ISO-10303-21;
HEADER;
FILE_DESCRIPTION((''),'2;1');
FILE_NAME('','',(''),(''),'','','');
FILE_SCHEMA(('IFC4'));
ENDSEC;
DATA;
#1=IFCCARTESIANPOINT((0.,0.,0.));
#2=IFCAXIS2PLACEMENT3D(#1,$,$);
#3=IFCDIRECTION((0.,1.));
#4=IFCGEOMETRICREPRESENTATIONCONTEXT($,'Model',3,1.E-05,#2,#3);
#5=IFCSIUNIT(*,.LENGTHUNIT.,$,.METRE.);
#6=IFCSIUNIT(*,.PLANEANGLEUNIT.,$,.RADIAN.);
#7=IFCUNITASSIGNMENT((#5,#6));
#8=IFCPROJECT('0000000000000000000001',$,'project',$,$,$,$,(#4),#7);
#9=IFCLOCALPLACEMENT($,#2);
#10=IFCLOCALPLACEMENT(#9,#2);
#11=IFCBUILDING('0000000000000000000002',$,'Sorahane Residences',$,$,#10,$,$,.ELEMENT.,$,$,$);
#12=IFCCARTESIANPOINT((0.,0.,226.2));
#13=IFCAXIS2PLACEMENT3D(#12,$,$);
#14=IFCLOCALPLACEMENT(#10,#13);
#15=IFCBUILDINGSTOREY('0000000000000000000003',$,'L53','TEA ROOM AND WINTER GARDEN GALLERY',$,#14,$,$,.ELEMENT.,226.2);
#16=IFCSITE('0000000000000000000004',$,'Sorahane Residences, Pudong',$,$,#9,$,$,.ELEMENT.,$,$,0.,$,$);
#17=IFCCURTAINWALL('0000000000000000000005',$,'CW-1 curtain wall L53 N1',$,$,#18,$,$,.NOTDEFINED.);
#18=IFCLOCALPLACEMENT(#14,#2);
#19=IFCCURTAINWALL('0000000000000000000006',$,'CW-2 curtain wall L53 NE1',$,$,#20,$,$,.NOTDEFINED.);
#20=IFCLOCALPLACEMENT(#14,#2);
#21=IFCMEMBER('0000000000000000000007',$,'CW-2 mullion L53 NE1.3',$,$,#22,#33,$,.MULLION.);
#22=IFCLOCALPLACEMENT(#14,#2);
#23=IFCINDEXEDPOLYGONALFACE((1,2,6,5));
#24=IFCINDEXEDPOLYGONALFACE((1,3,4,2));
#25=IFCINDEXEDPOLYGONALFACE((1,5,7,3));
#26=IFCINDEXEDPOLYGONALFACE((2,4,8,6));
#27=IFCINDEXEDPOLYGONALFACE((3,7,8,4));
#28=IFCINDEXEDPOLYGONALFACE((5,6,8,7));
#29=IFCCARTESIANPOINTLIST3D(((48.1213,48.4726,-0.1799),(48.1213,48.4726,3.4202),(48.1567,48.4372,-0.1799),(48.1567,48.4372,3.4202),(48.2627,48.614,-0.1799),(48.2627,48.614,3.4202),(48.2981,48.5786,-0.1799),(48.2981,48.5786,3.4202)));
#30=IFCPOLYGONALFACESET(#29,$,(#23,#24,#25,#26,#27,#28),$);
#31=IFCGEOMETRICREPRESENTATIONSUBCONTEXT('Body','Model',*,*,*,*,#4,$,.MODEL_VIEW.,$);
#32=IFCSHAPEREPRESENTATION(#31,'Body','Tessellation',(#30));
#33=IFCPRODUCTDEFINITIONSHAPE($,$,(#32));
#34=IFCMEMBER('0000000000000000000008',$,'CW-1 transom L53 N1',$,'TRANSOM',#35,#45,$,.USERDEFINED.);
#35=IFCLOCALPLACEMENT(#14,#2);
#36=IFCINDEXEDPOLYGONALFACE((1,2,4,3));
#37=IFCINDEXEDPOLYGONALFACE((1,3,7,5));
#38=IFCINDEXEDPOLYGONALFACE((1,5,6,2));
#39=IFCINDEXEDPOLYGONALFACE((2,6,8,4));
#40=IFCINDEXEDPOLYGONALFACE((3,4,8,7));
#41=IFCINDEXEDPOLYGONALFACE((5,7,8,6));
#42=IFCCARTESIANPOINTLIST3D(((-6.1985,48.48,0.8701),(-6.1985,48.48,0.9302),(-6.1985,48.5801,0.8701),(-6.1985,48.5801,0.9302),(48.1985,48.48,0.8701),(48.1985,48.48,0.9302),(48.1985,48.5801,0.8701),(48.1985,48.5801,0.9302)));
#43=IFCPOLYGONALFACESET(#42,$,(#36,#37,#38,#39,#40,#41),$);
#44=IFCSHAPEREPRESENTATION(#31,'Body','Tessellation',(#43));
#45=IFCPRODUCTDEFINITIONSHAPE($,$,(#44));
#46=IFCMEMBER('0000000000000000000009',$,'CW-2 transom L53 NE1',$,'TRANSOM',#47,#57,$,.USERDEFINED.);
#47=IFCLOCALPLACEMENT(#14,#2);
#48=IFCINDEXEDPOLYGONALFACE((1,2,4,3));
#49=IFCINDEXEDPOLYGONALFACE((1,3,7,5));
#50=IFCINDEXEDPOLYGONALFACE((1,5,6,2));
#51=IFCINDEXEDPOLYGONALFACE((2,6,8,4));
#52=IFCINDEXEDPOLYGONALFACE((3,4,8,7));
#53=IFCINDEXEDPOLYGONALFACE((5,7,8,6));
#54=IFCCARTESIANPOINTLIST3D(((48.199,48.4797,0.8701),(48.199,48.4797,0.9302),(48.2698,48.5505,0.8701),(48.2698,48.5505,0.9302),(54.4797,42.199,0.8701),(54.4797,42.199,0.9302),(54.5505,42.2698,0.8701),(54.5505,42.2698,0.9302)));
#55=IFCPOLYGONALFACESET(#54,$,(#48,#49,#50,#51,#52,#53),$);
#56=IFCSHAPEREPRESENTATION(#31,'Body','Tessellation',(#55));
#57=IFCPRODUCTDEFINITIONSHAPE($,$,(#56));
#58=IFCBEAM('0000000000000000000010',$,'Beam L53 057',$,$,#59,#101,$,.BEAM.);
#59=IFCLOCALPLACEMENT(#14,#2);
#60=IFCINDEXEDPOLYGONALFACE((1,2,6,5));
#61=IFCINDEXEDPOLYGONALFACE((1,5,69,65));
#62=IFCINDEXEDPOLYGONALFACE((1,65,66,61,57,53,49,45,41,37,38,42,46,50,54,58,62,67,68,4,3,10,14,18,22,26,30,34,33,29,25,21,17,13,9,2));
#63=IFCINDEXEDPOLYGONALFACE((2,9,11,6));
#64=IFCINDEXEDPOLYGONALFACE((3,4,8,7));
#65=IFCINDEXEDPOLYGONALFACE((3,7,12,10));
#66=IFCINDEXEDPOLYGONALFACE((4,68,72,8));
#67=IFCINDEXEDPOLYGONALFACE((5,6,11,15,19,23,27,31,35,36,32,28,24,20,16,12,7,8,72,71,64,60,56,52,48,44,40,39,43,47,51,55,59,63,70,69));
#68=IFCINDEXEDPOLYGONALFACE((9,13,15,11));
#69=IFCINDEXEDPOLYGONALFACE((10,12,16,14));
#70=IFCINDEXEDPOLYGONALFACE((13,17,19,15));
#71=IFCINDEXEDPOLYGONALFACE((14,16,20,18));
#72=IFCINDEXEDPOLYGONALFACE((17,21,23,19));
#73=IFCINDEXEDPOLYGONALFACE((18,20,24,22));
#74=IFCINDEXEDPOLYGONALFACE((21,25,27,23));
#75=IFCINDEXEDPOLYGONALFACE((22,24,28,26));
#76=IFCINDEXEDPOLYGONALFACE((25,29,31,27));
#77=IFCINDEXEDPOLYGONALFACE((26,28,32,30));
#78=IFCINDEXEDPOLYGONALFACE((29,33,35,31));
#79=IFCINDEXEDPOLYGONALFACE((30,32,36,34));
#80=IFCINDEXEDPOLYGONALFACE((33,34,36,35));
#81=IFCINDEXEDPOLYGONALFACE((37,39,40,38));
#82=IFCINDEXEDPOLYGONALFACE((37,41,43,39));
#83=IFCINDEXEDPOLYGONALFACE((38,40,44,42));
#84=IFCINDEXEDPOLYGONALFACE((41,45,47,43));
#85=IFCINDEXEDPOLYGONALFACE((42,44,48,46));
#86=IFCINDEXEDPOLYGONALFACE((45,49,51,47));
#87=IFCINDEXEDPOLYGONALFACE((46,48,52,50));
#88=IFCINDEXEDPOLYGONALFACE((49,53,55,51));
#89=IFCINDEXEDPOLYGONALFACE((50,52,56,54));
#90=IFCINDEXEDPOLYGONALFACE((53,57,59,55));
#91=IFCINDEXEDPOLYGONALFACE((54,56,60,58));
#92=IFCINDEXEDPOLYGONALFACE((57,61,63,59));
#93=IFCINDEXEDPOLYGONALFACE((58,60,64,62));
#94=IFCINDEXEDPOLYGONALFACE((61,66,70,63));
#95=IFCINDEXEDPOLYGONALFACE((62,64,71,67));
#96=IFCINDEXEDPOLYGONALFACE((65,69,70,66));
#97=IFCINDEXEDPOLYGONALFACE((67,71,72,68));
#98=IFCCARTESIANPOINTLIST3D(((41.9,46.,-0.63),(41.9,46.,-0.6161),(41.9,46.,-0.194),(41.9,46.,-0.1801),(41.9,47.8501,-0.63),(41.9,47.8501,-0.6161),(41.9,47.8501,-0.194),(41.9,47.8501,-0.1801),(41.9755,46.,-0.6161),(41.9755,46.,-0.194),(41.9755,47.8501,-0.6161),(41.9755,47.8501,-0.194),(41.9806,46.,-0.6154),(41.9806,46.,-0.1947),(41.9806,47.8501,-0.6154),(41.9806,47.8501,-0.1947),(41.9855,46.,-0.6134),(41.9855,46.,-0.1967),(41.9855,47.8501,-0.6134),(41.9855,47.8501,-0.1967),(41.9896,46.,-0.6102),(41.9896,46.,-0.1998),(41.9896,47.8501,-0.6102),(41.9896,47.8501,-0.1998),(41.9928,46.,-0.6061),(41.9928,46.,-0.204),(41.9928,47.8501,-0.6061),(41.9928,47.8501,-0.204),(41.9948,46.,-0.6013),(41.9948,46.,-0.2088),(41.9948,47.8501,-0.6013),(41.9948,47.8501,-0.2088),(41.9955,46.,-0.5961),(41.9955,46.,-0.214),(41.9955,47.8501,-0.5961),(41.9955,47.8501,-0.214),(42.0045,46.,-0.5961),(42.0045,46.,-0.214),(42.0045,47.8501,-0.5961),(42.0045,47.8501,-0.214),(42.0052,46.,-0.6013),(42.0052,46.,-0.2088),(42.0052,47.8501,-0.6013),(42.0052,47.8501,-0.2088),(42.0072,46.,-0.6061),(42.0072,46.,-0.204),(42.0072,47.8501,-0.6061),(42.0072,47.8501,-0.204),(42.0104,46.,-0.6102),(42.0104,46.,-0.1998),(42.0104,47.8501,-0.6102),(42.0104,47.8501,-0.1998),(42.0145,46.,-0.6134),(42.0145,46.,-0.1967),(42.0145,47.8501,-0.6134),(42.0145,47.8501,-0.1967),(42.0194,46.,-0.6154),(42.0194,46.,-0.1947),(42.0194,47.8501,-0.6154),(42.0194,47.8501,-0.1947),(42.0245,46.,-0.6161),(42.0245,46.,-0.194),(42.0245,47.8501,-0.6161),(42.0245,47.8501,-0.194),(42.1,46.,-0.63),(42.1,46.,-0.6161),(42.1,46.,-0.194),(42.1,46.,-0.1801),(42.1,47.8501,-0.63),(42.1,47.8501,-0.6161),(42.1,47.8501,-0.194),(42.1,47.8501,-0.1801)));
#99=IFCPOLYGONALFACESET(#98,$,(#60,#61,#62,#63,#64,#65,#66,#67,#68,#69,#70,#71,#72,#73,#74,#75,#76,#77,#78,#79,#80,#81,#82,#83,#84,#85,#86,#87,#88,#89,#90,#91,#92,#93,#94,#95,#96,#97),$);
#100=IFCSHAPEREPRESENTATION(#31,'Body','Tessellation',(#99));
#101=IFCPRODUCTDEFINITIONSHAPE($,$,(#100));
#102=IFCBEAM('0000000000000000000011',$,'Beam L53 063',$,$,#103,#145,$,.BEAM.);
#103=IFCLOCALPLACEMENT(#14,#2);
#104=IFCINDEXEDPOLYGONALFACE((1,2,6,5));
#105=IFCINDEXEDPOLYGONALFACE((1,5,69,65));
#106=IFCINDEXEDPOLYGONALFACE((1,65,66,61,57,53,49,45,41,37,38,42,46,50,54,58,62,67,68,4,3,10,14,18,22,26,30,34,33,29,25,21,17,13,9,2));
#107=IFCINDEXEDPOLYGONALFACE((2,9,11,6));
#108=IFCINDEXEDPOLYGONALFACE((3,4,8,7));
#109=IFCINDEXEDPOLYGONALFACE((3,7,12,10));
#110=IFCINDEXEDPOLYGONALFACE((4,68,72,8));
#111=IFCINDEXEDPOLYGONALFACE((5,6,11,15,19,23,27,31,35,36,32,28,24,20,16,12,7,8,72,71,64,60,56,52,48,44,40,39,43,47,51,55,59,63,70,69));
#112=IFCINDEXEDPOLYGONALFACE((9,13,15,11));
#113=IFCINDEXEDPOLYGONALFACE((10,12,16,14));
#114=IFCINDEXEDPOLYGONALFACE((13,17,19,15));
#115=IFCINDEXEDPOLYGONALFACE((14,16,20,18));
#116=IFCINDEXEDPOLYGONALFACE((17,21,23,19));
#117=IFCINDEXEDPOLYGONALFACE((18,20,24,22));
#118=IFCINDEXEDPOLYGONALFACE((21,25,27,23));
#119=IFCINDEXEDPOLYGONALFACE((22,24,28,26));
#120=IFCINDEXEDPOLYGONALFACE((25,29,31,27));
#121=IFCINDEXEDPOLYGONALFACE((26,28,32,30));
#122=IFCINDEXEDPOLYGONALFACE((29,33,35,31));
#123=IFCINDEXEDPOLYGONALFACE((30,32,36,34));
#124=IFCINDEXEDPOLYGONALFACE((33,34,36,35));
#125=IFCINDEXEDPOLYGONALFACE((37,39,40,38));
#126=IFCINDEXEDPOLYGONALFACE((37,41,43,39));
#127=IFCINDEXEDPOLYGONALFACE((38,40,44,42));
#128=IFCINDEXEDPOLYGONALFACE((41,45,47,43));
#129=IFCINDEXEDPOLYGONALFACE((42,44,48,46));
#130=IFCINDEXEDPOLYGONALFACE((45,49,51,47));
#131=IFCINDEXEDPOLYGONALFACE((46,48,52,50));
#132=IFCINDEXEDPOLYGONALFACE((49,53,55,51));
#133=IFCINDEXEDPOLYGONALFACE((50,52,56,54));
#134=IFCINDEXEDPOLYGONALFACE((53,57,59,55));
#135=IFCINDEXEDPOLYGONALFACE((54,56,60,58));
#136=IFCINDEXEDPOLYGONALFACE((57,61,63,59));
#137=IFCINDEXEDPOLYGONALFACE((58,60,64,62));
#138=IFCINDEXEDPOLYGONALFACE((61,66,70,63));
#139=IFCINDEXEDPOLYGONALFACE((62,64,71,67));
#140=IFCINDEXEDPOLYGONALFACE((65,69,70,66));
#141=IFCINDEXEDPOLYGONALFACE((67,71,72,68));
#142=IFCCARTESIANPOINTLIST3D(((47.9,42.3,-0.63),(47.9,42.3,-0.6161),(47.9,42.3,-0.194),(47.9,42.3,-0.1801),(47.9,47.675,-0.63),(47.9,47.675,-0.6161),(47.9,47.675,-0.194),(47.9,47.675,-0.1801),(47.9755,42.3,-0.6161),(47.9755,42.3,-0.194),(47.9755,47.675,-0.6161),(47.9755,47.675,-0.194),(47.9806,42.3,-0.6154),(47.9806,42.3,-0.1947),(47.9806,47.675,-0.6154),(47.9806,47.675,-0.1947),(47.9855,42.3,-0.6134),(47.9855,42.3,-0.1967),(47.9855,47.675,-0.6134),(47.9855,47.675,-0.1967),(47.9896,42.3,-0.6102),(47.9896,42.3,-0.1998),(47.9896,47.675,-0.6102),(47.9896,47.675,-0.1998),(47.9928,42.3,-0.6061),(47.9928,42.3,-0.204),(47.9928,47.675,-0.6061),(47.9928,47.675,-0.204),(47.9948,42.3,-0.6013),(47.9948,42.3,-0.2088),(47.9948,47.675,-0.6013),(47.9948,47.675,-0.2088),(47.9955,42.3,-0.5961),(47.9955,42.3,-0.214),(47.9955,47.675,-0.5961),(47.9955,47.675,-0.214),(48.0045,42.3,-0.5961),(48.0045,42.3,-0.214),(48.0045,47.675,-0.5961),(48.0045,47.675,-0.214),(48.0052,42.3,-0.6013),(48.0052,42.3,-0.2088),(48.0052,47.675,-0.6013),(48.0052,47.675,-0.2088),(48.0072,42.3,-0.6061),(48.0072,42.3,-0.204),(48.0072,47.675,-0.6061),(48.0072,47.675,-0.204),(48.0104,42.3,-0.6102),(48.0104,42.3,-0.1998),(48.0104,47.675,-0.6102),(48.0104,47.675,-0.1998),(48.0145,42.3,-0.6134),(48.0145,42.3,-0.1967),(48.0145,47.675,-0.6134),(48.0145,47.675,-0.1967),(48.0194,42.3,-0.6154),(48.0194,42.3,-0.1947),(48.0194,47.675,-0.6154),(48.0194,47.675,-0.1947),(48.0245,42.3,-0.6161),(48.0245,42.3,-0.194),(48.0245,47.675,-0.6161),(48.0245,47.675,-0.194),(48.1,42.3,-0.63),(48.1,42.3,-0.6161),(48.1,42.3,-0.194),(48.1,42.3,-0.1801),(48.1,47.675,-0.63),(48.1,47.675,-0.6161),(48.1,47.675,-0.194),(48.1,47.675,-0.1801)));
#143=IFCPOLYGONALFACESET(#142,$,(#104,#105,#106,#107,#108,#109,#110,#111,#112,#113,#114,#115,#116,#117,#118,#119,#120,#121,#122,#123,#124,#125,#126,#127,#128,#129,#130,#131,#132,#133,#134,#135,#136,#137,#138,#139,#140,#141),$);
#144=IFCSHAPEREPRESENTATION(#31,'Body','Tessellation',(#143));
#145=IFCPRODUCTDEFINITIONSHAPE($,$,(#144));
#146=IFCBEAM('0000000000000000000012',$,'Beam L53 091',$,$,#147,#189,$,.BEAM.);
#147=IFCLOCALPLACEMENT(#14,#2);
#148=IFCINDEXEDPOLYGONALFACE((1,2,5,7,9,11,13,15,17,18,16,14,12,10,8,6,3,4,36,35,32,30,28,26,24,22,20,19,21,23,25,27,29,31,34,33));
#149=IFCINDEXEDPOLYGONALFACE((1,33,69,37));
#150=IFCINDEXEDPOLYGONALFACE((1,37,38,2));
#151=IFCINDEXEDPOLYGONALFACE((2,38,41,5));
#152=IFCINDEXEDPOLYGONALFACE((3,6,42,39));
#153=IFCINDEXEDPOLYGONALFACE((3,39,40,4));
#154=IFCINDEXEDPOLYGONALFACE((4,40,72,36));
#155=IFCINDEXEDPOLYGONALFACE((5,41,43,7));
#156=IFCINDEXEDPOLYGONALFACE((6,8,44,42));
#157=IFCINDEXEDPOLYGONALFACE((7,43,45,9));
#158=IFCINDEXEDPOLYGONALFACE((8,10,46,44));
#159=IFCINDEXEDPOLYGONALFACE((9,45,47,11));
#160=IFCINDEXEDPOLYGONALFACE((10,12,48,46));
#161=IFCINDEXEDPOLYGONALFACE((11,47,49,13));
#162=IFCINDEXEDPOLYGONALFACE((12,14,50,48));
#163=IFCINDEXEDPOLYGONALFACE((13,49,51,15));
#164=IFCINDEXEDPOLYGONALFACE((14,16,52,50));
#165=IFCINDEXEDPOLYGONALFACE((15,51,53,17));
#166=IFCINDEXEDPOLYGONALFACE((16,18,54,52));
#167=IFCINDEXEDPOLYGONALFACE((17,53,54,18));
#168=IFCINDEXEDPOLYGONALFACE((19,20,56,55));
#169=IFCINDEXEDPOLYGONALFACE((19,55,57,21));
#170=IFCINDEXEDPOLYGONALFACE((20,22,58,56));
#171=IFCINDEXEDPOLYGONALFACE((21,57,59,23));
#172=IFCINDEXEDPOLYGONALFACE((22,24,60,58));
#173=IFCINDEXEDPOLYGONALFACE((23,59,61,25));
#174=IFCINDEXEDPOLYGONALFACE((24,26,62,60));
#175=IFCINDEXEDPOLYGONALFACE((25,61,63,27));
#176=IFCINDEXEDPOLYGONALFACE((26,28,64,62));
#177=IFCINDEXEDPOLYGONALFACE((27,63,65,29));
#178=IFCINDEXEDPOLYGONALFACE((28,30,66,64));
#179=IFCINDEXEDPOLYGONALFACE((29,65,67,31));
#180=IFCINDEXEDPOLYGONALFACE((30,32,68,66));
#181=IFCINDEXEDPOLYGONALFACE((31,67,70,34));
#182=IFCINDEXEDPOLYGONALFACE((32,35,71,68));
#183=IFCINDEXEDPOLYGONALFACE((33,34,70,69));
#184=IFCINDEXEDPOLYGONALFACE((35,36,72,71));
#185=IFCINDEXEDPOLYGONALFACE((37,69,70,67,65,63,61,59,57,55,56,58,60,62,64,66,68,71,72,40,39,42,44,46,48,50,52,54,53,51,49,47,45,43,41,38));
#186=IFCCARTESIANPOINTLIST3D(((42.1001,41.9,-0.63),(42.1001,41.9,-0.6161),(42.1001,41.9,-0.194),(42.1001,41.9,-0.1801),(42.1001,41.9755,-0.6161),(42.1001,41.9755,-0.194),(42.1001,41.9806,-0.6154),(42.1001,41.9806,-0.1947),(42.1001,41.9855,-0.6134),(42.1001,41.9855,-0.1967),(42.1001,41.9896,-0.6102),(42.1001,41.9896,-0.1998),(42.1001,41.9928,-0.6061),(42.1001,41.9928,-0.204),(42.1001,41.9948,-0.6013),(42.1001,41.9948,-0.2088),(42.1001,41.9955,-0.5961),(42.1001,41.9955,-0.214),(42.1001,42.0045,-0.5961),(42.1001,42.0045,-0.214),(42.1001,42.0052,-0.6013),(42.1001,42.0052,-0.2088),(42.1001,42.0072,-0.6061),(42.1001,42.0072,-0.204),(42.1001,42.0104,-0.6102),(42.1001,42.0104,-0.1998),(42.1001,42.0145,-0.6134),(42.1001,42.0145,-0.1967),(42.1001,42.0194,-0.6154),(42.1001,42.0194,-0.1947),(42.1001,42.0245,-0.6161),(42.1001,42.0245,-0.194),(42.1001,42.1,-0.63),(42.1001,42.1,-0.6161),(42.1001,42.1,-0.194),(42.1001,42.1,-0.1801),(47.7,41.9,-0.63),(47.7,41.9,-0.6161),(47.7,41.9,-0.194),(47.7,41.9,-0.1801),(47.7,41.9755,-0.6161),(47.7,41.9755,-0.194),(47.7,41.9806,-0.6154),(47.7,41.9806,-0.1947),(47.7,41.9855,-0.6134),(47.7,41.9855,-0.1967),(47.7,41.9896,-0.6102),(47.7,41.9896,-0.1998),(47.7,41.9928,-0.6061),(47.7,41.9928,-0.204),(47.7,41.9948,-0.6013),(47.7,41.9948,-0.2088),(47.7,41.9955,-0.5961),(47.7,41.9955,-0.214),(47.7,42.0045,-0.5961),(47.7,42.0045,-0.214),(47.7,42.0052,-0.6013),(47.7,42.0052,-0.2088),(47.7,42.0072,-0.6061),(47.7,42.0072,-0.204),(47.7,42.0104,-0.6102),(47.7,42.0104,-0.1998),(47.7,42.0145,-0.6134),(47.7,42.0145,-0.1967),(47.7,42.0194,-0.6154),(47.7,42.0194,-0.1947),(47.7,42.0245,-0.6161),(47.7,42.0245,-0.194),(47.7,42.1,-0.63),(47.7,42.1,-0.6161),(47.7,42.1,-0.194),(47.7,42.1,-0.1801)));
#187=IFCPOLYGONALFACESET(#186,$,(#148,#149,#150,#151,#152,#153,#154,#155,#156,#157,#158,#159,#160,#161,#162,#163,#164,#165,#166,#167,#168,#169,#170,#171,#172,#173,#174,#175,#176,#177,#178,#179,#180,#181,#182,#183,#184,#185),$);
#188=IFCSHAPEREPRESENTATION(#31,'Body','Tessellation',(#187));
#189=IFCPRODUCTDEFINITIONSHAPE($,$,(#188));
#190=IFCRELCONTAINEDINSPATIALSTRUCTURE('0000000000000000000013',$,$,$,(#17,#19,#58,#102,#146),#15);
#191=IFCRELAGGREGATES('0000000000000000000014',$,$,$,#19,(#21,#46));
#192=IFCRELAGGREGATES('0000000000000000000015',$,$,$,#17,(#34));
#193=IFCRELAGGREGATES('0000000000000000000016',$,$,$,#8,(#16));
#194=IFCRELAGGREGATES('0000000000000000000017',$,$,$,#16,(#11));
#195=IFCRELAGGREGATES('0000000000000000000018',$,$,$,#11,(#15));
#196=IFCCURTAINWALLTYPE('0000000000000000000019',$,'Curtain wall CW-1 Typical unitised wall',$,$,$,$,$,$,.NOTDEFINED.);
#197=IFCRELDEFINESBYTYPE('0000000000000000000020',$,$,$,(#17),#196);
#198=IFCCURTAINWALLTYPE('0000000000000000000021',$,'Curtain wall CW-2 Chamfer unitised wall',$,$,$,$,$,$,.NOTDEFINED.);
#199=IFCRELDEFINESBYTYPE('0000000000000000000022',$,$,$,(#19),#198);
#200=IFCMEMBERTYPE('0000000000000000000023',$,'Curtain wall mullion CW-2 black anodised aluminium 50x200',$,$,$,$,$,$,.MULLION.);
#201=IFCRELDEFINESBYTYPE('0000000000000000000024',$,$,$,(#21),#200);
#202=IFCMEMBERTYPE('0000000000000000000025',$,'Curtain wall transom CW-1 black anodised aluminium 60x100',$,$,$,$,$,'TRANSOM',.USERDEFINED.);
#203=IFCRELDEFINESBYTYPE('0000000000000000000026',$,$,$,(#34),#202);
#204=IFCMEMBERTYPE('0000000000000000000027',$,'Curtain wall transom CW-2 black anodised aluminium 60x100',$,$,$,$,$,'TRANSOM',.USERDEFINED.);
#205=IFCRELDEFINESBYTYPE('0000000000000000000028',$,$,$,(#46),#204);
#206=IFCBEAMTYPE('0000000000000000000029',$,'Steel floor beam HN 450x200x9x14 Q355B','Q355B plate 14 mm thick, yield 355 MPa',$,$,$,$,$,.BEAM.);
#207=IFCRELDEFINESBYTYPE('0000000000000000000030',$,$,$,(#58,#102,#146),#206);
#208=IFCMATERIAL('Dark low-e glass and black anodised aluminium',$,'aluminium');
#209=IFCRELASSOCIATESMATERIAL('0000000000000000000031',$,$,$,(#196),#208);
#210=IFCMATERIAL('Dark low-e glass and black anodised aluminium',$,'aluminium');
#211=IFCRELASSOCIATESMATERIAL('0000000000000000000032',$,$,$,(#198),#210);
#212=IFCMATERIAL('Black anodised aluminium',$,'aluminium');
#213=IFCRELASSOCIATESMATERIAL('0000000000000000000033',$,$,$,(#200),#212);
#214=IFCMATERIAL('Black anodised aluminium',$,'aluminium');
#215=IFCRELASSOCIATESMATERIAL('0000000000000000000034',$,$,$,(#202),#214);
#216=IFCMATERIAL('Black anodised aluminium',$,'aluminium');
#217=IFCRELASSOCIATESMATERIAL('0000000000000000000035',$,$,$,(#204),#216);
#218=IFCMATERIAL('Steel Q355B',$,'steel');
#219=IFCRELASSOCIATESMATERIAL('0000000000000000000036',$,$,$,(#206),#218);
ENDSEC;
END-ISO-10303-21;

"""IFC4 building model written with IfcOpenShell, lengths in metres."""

from ifc_helpers import new_model, si_unit, direction, frame, origin, origin_2d, place, context, subcontext, project, spatial, rectangle, i_section, extrude, material, material_profile, profile_set, type_object, element, aggregate, save


model = new_model("IFC4")

# Units and contexts
model_context = context("Model", 3, precision=1e-05, world=origin(), true_north=direction((0.0, 1.0)))
body_context = subcontext(model_context, "Body", "Model", "MODEL_VIEW")
ifc_project = project(units=[si_unit("LENGTHUNIT", "METRE"), si_unit("PLANEANGLEUNIT", "RADIAN")], contexts=[model_context])

# Site, building, storey
site_placement = place(None, origin())
site = spatial("IfcSite", under=ifc_project, at=site_placement, Name="Sorahane Residences, Pudong", CompositionType="ELEMENT", RefElevation=0.0)
building_placement = place(site_placement, origin())
building = spatial("IfcBuilding", under=site, at=building_placement, Name="Sorahane Residences", CompositionType="ELEMENT")
storey_placement = place(building_placement, frame((0.0, 0.0, 226.2)))
storey = spatial("IfcBuildingStorey", under=building, at=storey_placement, Name="L53", Description="TEA ROOM AND WINTER GARDEN GALLERY", CompositionType="ELEMENT", Elevation=226.2)

# Curtain wall
ifc_material_1 = material(Name="Dark low-e glass and black anodised aluminium", Category="aluminium")
curtain_wall_type_1 = type_object("IfcCurtainWallType", Name="Curtain wall CW-1 Typical unitised wall", PredefinedType="NOTDEFINED", material=ifc_material_1)
curtain_wall_1_placement = place(storey_placement, origin())
curtain_wall_1 = element("IfcCurtainWall", 1, at=curtain_wall_1_placement, inside=storey, type_object=curtain_wall_type_1, Name="CW-1 curtain wall L53 N1", PredefinedType="NOTDEFINED")

# Curtain wall, member
ifc_material_2 = material(Name="Dark low-e glass and black anodised aluminium", Category="aluminium")
curtain_wall_type_2 = type_object("IfcCurtainWallType", Name="Curtain wall CW-2 Chamfer unitised wall", PredefinedType="NOTDEFINED", material=ifc_material_2)
curtain_wall_2_placement = place(storey_placement, origin())
curtain_wall_2 = element("IfcCurtainWall", 2, at=curtain_wall_2_placement, inside=storey, type_object=curtain_wall_type_2, Name="CW-2 curtain wall L53 NE1", PredefinedType="NOTDEFINED")
ifc_material_3 = material(Name="Black anodised aluminium", Category="aluminium")
ifc_material_profile_1 = material_profile(ifc_material_3, rectangle(XDim=0.2, YDim=0.05, at=origin_2d()), Name="Curtain wall mullion CW-2 black anodised aluminium 50x200")
ifc_profile_set_1 = profile_set([ifc_material_profile_1], Name="Black anodised aluminium")
member_type_1 = type_object("IfcMemberType", Name="Curtain wall mullion CW-2 black anodised aluminium 50x200", PredefinedType="MULLION", material=ifc_profile_set_1)
member_1_placement = place(storey_placement, frame((48.2097, 48.5256, -0.1799), z_axis=(0.0, 0.0, 1.0), x_axis=(0.707107, 0.707107, 0.0)))
member_1 = element("IfcMember", 3, at=member_1_placement, type_object=member_type_1, Name="CW-2 mullion L53 NE1.3", PredefinedType="MULLION", context=body_context, shape_type="SweptSolid", body=[
    extrude(rectangle(XDim=0.2, YDim=0.05, at=origin_2d()), origin(), (0.0, 0.0, 1.0), 3.6001),
])

# Members
ifc_material_4 = material(Name="Black anodised aluminium", Category="aluminium")
ifc_material_profile_2 = material_profile(ifc_material_4, rectangle(XDim=0.1001, YDim=0.0601, at=origin_2d()), Name="Curtain wall transom CW-1 black anodised aluminium 60x100")
ifc_profile_set_2 = profile_set([ifc_material_profile_2], Name="Black anodised aluminium")
member_type_2 = type_object("IfcMemberType", Name="Curtain wall transom CW-1 black anodised aluminium 60x100", ElementType="TRANSOM", PredefinedType="USERDEFINED", material=ifc_profile_set_2)
member_2_placement = place(storey_placement, frame((48.1985, 48.53, 0.9001), z_axis=(-1.0, 0.0, 0.0), x_axis=(0.0, -1.0, 0.0)))
member_2 = element("IfcMember", 4, at=member_2_placement, type_object=member_type_2, Name="CW-1 transom L53 N1", ObjectType="TRANSOM", PredefinedType="USERDEFINED", context=body_context, shape_type="SweptSolid", body=[
    extrude(rectangle(XDim=0.1001, YDim=0.0601, at=origin_2d()), origin(), (0.0, 0.0, 1.0), 54.397),
])
ifc_material_5 = material(Name="Black anodised aluminium", Category="aluminium")
ifc_material_profile_3 = material_profile(ifc_material_5, rectangle(XDim=0.1001, YDim=0.0601, at=origin_2d()), Name="Curtain wall transom CW-2 black anodised aluminium 60x100")
ifc_profile_set_3 = profile_set([ifc_material_profile_3], Name="Black anodised aluminium")
member_type_3 = type_object("IfcMemberType", Name="Curtain wall transom CW-2 black anodised aluminium 60x100", ElementType="TRANSOM", PredefinedType="USERDEFINED", material=ifc_profile_set_3)
member_3_placement = place(storey_placement, frame((54.5151, 42.2344, 0.9001), z_axis=(-0.707107, 0.707107, 0.0), x_axis=(-0.707107, -0.707107, 0.0)))
member_3 = element("IfcMember", 5, at=member_3_placement, type_object=member_type_3, Name="CW-2 transom L53 NE1", ObjectType="TRANSOM", PredefinedType="USERDEFINED", context=body_context, shape_type="SweptSolid", body=[
    extrude(rectangle(XDim=0.1001, YDim=0.0601, at=origin_2d()), origin(), (0.0, 0.0, 1.0), 8.8823),
])

# Beams
ifc_material_6 = material(Name="Steel Q355B", Category="steel")
ifc_material_profile_4 = material_profile(ifc_material_6, i_section(OverallWidth=0.2, OverallDepth=0.45, WebThickness=0.009, FlangeThickness=0.0139, FilletRadius=0.02, at=origin_2d()), Name="HN 450x200x9x14")
ifc_profile_set_4 = profile_set([ifc_material_profile_4], Name="Steel Q355B")
beam_type = type_object("IfcBeamType", Name="Steel floor beam HN 450x200x9x14 Q355B", Description="Q355B plate 14 mm thick, yield 355 MPa", PredefinedType="BEAM", material=ifc_profile_set_4)
beam_1_placement = place(storey_placement, frame((42.0, 46.0, -0.405), z_axis=(0.0, 1.0, 0.0), x_axis=(-1.0, 0.0, 0.0)))
element("IfcBeam", 6, at=beam_1_placement, inside=storey, type_object=beam_type, Name="Beam L53 057", PredefinedType="BEAM", context=body_context, shape_type="SweptSolid", body=[
    extrude(i_section(OverallWidth=0.2, OverallDepth=0.45, WebThickness=0.009, FlangeThickness=0.0139, FilletRadius=0.02, at=origin_2d()), origin(), (0.0, 0.0, 1.0), 1.8501),
])
beam_2_placement = place(storey_placement, frame((48.0, 42.3, -0.405), z_axis=(0.0, 1.0, 0.0), x_axis=(-1.0, 0.0, 0.0)))
element("IfcBeam", 7, at=beam_2_placement, inside=storey, type_object=beam_type, Name="Beam L53 063", PredefinedType="BEAM", context=body_context, shape_type="SweptSolid", body=[
    extrude(i_section(OverallWidth=0.2, OverallDepth=0.45, WebThickness=0.009, FlangeThickness=0.0139, FilletRadius=0.02, at=origin_2d()), origin(), (0.0, 0.0, 1.0), 5.375),
])
beam_3_placement = place(storey_placement, frame((42.1001, 42.0, -0.405), z_axis=(1.0, 0.0, 0.0), x_axis=(0.0, 1.0, 0.0)))
element("IfcBeam", 8, at=beam_3_placement, inside=storey, type_object=beam_type, Name="Beam L53 091", PredefinedType="BEAM", context=body_context, shape_type="SweptSolid", body=[
    extrude(i_section(OverallWidth=0.2, OverallDepth=0.45, WebThickness=0.009, FlangeThickness=0.0139, FilletRadius=0.02, at=origin_2d()), origin(), (0.0, 0.0, 1.0), 5.5999),
])

aggregate(curtain_wall_2, [member_1, member_3])
aggregate(curtain_wall_1, [member_2])

save(model, "model.ifc")
